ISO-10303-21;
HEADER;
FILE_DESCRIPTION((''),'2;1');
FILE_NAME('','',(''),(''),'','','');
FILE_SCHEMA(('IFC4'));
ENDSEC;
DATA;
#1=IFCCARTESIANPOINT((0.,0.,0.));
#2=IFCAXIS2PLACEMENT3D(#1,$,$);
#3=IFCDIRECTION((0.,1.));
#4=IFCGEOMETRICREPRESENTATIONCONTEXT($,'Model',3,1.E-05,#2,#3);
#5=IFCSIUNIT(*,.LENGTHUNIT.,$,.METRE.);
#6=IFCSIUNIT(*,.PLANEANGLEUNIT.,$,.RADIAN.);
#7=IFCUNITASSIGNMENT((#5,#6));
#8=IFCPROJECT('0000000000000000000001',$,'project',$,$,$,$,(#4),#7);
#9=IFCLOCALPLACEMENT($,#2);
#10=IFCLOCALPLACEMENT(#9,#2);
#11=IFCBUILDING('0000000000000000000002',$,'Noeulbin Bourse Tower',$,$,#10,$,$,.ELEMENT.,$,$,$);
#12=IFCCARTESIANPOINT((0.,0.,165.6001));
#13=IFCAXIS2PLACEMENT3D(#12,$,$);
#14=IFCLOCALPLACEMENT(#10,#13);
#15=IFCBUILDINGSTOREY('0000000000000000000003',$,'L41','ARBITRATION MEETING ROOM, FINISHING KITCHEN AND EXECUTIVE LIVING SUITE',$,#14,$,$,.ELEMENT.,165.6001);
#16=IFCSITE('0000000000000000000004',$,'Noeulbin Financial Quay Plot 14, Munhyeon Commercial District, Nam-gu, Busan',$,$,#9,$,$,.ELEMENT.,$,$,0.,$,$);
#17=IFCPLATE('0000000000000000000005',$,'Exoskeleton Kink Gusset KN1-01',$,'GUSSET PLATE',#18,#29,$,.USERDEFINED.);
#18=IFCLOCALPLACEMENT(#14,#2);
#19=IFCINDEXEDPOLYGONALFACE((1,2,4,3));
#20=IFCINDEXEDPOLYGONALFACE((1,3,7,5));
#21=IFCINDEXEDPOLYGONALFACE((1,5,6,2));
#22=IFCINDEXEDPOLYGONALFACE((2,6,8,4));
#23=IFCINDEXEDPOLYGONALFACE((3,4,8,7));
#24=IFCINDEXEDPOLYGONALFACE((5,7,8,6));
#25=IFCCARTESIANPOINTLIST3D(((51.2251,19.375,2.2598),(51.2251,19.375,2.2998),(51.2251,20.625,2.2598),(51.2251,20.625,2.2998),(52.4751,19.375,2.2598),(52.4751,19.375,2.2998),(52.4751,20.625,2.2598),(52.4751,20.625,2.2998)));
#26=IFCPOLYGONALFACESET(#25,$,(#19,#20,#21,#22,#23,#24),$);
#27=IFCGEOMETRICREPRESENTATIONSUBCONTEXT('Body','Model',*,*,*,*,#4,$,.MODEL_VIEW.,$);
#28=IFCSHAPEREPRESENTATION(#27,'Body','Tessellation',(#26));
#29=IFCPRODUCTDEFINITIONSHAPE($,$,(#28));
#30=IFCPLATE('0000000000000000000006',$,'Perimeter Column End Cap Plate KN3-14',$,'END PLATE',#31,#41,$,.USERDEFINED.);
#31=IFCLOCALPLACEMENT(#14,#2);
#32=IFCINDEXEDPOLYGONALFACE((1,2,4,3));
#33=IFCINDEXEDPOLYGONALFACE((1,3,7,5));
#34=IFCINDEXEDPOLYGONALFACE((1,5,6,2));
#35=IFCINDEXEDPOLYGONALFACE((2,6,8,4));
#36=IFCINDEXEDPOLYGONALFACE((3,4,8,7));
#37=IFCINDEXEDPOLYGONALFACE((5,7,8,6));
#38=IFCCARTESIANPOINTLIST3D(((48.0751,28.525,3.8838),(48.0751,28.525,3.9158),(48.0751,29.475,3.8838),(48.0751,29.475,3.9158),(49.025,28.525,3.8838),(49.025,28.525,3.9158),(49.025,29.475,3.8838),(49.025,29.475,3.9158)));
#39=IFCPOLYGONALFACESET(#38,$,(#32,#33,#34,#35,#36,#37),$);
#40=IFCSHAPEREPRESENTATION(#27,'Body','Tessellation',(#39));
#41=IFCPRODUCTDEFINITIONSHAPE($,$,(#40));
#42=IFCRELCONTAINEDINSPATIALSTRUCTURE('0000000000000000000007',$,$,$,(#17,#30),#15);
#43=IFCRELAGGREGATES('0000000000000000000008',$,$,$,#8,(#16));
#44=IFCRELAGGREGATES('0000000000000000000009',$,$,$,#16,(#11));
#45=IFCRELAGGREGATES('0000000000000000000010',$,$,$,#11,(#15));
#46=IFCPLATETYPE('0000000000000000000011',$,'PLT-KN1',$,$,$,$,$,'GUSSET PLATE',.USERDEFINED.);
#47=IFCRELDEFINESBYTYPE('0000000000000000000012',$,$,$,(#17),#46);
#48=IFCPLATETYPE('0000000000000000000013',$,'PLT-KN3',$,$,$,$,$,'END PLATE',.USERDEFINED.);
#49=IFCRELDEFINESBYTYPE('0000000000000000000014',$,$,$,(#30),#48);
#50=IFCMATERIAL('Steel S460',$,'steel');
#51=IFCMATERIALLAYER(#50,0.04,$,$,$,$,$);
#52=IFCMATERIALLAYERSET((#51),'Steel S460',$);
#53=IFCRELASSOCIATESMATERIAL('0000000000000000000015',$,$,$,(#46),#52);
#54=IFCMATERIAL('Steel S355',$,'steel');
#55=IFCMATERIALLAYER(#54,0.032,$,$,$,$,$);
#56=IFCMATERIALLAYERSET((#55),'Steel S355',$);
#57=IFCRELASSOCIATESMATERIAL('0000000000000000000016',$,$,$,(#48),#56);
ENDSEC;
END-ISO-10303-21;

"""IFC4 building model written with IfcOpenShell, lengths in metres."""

from ifc_helpers import new_model, si_unit, direction, frame, origin, origin_2d, place, context, subcontext, project, spatial, rectangle, extrude, material, layer, layer_set, type_object, element, save


model = new_model("IFC4")

# Units and contexts
model_context = context("Model", 3, precision=1e-05, world=origin(), true_north=direction((0.0, 1.0)))
body_context = subcontext(model_context, "Body", "Model", "MODEL_VIEW")
ifc_project = project(units=[si_unit("LENGTHUNIT", "METRE"), si_unit("PLANEANGLEUNIT", "RADIAN")], contexts=[model_context])

# Site, building, storey
site_placement = place(None, origin())
site = spatial("IfcSite", under=ifc_project, at=site_placement, Name="Noeulbin Financial Quay Plot 14, Munhyeon Commercial District, Nam-gu, Busan", CompositionType="ELEMENT", RefElevation=0.0)
building_placement = place(site_placement, origin())
building = spatial("IfcBuilding", under=site, at=building_placement, Name="Noeulbin Bourse Tower", CompositionType="ELEMENT")
storey_placement = place(building_placement, frame((0.0, 0.0, 165.6001)))
storey = spatial("IfcBuildingStorey", under=building, at=storey_placement, Name="L41", Description="ARBITRATION MEETING ROOM, FINISHING KITCHEN AND EXECUTIVE LIVING SUITE", CompositionType="ELEMENT", Elevation=165.6001)

# Shared definitions
ifc_material_1 = material(Name="Steel S355", Category="steel")
ifc_material_2 = material(Name="Steel S460", Category="steel")

# Plates
ifc_layer_1 = layer(ifc_material_2, 0.04)
ifc_layer_set_1 = layer_set([ifc_layer_1], Name="Steel S460")
plate_type_1 = type_object("IfcPlateType", Name="PLT-KN1", ElementType="GUSSET PLATE", PredefinedType="USERDEFINED", material=ifc_layer_set_1)
plate_1_placement = place(storey_placement, frame((51.8501, 20.0, 2.2598), z_axis=(0.0, 0.0, 1.0), x_axis=(1.0, 0.0, 0.0)))
element("IfcPlate", 1, at=plate_1_placement, inside=storey, type_object=plate_type_1, Name="Exoskeleton Kink Gusset KN1-01", ObjectType="GUSSET PLATE", PredefinedType="USERDEFINED", context=body_context, shape_type="SweptSolid", body=[
    extrude(rectangle(XDim=1.25, YDim=1.25, at=origin_2d()), origin(), (0.0, 0.0, 1.0), 0.04),
])
ifc_layer_2 = layer(ifc_material_1, 0.032)
ifc_layer_set_2 = layer_set([ifc_layer_2], Name="Steel S355")
plate_type_2 = type_object("IfcPlateType", Name="PLT-KN3", ElementType="END PLATE", PredefinedType="USERDEFINED", material=ifc_layer_set_2)
plate_2_placement = place(storey_placement, frame((48.55, 29.0, 3.8838), z_axis=(0.0, 0.0, 1.0), x_axis=(1.0, 0.0, 0.0)))
element("IfcPlate", 2, at=plate_2_placement, inside=storey, type_object=plate_type_2, Name="Perimeter Column End Cap Plate KN3-14", ObjectType="END PLATE", PredefinedType="USERDEFINED", context=body_context, shape_type="SweptSolid", body=[
    extrude(rectangle(XDim=0.95, YDim=0.95, at=origin_2d()), origin(), (0.0, 0.0, 1.0), 0.032),
])

save(model, "model.ifc")
